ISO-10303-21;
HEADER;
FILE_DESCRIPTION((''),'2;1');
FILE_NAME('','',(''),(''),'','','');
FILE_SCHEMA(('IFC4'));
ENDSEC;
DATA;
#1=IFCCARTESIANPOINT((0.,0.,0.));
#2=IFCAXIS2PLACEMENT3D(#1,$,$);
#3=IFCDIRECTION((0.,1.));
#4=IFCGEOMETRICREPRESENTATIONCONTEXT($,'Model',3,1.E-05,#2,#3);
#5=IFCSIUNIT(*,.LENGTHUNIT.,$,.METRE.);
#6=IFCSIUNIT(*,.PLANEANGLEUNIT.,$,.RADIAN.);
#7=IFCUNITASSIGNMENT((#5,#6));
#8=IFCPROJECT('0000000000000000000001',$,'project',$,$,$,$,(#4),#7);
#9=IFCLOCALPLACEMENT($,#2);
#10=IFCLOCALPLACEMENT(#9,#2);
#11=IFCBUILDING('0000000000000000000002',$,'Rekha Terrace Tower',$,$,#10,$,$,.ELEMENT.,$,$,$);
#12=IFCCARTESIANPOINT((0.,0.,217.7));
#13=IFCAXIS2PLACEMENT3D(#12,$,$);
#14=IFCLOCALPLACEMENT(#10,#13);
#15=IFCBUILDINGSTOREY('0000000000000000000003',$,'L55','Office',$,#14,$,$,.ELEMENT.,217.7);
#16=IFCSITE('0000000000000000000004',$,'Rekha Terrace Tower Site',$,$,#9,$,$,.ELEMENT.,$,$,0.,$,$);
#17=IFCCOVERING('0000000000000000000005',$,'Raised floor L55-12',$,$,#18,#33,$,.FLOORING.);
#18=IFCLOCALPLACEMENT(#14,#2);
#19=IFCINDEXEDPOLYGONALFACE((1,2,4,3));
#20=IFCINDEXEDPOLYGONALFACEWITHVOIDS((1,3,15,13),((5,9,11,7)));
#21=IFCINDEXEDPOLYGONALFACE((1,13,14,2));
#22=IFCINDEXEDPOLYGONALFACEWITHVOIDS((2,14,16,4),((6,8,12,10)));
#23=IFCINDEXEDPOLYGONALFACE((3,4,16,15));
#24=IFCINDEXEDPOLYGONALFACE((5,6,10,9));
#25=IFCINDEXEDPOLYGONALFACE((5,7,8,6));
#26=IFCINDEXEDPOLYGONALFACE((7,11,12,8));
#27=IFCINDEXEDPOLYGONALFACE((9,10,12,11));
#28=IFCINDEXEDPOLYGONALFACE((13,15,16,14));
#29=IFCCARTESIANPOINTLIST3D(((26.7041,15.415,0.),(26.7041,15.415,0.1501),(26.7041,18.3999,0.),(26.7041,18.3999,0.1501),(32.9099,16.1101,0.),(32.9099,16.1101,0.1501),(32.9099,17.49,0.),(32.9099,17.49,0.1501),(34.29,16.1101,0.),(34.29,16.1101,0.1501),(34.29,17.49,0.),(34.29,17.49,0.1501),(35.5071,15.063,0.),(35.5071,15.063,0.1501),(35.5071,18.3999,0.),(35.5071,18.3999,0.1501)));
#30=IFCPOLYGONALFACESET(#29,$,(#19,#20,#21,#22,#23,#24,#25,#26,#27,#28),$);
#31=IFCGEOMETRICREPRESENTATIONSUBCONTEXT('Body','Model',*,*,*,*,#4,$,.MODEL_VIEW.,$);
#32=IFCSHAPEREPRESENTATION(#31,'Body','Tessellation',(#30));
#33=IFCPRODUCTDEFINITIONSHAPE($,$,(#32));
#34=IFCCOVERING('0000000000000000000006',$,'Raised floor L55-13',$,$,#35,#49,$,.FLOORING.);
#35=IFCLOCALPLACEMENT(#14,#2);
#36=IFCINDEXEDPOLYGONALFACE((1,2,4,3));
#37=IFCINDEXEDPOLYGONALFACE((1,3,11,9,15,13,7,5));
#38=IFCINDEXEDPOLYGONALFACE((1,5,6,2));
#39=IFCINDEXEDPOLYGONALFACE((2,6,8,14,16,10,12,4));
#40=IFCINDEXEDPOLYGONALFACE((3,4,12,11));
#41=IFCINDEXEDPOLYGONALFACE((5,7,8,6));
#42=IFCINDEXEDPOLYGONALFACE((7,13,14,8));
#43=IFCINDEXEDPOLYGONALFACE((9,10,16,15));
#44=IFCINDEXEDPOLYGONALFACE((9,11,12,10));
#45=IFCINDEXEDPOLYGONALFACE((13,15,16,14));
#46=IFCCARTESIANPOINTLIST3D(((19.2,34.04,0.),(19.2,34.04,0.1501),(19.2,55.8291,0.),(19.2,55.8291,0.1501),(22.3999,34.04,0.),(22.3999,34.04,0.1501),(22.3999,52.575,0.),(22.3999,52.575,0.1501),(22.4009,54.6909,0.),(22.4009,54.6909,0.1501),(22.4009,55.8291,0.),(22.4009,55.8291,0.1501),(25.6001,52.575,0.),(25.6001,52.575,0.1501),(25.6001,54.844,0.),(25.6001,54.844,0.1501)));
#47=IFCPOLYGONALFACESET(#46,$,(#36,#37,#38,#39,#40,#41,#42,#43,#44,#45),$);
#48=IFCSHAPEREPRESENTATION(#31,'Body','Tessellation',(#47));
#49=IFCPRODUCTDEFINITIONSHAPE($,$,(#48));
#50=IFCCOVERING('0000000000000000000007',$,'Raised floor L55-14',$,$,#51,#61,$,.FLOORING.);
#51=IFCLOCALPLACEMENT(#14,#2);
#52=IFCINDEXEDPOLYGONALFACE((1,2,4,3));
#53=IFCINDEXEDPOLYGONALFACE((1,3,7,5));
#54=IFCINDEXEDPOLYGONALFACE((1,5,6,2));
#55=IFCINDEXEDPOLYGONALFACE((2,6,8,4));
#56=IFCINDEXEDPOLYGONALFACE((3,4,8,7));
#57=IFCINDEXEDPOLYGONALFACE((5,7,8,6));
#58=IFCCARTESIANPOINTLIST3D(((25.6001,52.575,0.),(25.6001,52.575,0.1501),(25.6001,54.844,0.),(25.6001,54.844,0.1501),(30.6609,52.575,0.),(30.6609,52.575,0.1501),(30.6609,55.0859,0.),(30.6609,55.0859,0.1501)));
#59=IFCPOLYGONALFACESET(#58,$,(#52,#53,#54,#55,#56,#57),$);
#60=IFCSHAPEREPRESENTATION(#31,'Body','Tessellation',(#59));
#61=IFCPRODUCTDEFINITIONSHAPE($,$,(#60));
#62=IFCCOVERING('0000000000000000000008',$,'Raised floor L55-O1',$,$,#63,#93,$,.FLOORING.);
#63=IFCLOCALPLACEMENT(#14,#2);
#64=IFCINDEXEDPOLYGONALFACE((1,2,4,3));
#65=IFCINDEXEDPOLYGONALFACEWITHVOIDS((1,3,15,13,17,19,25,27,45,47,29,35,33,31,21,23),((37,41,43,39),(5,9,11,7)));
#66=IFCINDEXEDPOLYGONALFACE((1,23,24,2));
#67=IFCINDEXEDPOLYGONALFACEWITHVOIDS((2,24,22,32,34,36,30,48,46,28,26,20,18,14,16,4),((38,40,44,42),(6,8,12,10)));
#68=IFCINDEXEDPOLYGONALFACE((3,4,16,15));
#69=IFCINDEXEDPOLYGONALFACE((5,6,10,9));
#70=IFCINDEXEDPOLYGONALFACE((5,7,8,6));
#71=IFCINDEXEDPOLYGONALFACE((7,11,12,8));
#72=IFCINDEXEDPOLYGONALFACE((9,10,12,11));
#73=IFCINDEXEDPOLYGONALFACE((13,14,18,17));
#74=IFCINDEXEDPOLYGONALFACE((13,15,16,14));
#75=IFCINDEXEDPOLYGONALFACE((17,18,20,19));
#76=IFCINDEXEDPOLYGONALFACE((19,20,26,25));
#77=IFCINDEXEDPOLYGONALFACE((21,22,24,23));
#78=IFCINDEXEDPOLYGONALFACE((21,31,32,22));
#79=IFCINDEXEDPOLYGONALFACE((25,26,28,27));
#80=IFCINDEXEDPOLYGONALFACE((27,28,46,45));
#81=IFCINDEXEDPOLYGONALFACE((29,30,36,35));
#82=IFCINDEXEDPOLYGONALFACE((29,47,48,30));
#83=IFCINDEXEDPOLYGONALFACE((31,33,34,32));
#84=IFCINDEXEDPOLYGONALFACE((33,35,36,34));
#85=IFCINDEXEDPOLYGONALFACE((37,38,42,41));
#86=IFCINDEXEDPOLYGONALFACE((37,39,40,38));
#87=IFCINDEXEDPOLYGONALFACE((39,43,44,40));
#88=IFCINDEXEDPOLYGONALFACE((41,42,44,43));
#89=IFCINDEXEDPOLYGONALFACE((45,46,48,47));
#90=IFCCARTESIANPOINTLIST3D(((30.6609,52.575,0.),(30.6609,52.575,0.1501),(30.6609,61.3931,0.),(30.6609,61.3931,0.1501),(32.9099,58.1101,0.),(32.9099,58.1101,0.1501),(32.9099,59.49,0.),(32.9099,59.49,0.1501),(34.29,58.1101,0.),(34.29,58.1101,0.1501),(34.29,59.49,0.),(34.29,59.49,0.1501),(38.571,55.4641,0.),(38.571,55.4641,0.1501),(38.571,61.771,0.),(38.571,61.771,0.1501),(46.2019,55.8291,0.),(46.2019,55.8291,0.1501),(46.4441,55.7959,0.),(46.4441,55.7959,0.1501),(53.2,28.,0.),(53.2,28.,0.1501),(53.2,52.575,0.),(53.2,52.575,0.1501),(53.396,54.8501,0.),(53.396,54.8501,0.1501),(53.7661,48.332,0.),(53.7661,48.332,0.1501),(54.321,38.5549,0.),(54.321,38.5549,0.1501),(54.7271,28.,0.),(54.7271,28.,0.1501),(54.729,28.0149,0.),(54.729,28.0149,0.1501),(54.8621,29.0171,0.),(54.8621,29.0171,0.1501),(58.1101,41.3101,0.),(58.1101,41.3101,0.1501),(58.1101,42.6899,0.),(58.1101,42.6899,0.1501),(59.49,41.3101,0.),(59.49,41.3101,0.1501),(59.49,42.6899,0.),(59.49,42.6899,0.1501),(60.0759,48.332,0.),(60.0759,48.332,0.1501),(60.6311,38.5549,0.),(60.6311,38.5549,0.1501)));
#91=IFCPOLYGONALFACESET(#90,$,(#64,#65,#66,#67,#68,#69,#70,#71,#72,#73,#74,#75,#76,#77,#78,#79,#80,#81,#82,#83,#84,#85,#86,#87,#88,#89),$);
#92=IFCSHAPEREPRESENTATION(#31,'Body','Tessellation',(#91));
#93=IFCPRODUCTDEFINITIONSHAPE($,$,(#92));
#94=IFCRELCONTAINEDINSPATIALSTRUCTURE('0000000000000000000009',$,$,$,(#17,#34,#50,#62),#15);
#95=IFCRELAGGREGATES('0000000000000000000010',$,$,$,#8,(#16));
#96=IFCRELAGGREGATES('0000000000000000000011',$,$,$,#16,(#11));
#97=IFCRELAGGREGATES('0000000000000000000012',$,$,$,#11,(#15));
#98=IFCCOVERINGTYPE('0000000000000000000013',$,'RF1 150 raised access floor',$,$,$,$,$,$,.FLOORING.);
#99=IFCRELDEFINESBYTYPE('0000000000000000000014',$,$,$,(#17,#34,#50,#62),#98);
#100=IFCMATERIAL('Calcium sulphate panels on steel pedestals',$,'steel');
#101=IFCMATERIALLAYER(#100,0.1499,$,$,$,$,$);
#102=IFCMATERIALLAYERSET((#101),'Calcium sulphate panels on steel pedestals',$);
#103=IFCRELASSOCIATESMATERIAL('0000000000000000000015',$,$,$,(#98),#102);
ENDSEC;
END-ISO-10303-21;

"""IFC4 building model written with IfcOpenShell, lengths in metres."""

from ifc_helpers import new_model, si_unit, direction, frame, origin, place, context, subcontext, project, spatial, polyline, outline, extrude, material, layer, layer_set, type_object, element, save


model = new_model("IFC4")

# Units and contexts
model_context = context("Model", 3, precision=1e-05, world=origin(), true_north=direction((0.0, 1.0)))
body_context = subcontext(model_context, "Body", "Model", "MODEL_VIEW")
ifc_project = project(units=[si_unit("LENGTHUNIT", "METRE"), si_unit("PLANEANGLEUNIT", "RADIAN")], contexts=[model_context])

# Site, building, storey
site_placement = place(None, origin())
site = spatial("IfcSite", under=ifc_project, at=site_placement, Name="Rekha Terrace Tower Site", CompositionType="ELEMENT", RefElevation=0.0)
building_placement = place(site_placement, origin())
building = spatial("IfcBuilding", under=site, at=building_placement, Name="Rekha Terrace Tower", CompositionType="ELEMENT")
storey_placement = place(building_placement, frame((0.0, 0.0, 217.7)))
storey = spatial("IfcBuildingStorey", under=building, at=storey_placement, Name="L55", Description="Office", CompositionType="ELEMENT", Elevation=217.7)

# Coverings
ifc_material_1 = material(Name="Calcium sulphate panels on steel pedestals", Category="steel")
ifc_layer_1 = layer(ifc_material_1, 0.1499)
ifc_layer_set_1 = layer_set([ifc_layer_1], Name="Calcium sulphate panels on steel pedestals")
covering_type_1 = type_object("IfcCoveringType", Name="RF1 150 raised access floor", PredefinedType="FLOORING", material=ifc_layer_set_1)
covering_1_placement = place(storey_placement, origin())
element("IfcCovering", 1, at=covering_1_placement, inside=storey, type_object=covering_type_1, Name="Raised floor L55-12", PredefinedType="FLOORING", context=body_context, shape_type="SweptSolid", body=[
    extrude(outline(polyline([(35.5071, 15.063), (35.5071, 18.3999), (26.7041, 18.3999), (26.7041, 15.415), (35.5071, 15.063)]), holes=[polyline([(34.29, 16.1101), (32.9099, 16.1101), (32.9099, 17.49), (34.29, 17.49), (34.29, 16.1101)])]), origin(), (0.0, 0.0, 1.0), 0.1501),
])
covering_2_placement = place(storey_placement, origin())
element("IfcCovering", 2, at=covering_2_placement, inside=storey, type_object=covering_type_1, Name="Raised floor L55-13", PredefinedType="FLOORING", context=body_context, shape_type="SweptSolid", body=[
    extrude(outline(polyline([(22.3999, 52.575), (25.6001, 52.575), (25.6001, 54.844), (22.4009, 54.6909), (22.4009, 55.8291), (19.2, 55.8291), (19.2, 34.04), (22.3999, 34.04), (22.3999, 52.575)])), origin(), (0.0, 0.0, 1.0), 0.1501),
])
covering_3_placement = place(storey_placement, origin())
element("IfcCovering", 3, at=covering_3_placement, inside=storey, type_object=covering_type_1, Name="Raised floor L55-14", PredefinedType="FLOORING", context=body_context, shape_type="SweptSolid", body=[
    extrude(outline(polyline([(25.6001, 54.844), (25.6001, 52.575), (30.6609, 52.575), (30.6609, 55.0859), (25.6001, 54.844)])), origin(), (0.0, 0.0, 1.0), 0.1501),
])
covering_4_placement = place(storey_placement, origin())
element("IfcCovering", 4, at=covering_4_placement, inside=storey, type_object=covering_type_1, Name="Raised floor L55-O1", PredefinedType="FLOORING", context=body_context, shape_type="SweptSolid", body=[
    extrude(outline(polyline([(46.2019, 55.8291), (38.571, 55.4641), (38.571, 61.771), (30.6609, 61.3931), (30.6609, 52.575), (53.2, 52.575), (53.2, 28.0), (54.7271, 28.0), (54.729, 28.0149), (54.8621, 29.0171), (54.321, 38.5549), (60.6311, 38.5549), (60.0759, 48.332), (53.7661, 48.332), (53.396, 54.8501), (46.4441, 55.7959), (46.2019, 55.8291)]), holes=[polyline([(59.49, 41.3101), (58.1101, 41.3101), (58.1101, 42.6899), (59.49, 42.6899), (59.49, 41.3101)]), polyline([(34.29, 58.1101), (32.9099, 58.1101), (32.9099, 59.49), (34.29, 59.49), (34.29, 58.1101)])]), origin(), (0.0, 0.0, 1.0), 0.1501),
])

save(model, "model.ifc")
